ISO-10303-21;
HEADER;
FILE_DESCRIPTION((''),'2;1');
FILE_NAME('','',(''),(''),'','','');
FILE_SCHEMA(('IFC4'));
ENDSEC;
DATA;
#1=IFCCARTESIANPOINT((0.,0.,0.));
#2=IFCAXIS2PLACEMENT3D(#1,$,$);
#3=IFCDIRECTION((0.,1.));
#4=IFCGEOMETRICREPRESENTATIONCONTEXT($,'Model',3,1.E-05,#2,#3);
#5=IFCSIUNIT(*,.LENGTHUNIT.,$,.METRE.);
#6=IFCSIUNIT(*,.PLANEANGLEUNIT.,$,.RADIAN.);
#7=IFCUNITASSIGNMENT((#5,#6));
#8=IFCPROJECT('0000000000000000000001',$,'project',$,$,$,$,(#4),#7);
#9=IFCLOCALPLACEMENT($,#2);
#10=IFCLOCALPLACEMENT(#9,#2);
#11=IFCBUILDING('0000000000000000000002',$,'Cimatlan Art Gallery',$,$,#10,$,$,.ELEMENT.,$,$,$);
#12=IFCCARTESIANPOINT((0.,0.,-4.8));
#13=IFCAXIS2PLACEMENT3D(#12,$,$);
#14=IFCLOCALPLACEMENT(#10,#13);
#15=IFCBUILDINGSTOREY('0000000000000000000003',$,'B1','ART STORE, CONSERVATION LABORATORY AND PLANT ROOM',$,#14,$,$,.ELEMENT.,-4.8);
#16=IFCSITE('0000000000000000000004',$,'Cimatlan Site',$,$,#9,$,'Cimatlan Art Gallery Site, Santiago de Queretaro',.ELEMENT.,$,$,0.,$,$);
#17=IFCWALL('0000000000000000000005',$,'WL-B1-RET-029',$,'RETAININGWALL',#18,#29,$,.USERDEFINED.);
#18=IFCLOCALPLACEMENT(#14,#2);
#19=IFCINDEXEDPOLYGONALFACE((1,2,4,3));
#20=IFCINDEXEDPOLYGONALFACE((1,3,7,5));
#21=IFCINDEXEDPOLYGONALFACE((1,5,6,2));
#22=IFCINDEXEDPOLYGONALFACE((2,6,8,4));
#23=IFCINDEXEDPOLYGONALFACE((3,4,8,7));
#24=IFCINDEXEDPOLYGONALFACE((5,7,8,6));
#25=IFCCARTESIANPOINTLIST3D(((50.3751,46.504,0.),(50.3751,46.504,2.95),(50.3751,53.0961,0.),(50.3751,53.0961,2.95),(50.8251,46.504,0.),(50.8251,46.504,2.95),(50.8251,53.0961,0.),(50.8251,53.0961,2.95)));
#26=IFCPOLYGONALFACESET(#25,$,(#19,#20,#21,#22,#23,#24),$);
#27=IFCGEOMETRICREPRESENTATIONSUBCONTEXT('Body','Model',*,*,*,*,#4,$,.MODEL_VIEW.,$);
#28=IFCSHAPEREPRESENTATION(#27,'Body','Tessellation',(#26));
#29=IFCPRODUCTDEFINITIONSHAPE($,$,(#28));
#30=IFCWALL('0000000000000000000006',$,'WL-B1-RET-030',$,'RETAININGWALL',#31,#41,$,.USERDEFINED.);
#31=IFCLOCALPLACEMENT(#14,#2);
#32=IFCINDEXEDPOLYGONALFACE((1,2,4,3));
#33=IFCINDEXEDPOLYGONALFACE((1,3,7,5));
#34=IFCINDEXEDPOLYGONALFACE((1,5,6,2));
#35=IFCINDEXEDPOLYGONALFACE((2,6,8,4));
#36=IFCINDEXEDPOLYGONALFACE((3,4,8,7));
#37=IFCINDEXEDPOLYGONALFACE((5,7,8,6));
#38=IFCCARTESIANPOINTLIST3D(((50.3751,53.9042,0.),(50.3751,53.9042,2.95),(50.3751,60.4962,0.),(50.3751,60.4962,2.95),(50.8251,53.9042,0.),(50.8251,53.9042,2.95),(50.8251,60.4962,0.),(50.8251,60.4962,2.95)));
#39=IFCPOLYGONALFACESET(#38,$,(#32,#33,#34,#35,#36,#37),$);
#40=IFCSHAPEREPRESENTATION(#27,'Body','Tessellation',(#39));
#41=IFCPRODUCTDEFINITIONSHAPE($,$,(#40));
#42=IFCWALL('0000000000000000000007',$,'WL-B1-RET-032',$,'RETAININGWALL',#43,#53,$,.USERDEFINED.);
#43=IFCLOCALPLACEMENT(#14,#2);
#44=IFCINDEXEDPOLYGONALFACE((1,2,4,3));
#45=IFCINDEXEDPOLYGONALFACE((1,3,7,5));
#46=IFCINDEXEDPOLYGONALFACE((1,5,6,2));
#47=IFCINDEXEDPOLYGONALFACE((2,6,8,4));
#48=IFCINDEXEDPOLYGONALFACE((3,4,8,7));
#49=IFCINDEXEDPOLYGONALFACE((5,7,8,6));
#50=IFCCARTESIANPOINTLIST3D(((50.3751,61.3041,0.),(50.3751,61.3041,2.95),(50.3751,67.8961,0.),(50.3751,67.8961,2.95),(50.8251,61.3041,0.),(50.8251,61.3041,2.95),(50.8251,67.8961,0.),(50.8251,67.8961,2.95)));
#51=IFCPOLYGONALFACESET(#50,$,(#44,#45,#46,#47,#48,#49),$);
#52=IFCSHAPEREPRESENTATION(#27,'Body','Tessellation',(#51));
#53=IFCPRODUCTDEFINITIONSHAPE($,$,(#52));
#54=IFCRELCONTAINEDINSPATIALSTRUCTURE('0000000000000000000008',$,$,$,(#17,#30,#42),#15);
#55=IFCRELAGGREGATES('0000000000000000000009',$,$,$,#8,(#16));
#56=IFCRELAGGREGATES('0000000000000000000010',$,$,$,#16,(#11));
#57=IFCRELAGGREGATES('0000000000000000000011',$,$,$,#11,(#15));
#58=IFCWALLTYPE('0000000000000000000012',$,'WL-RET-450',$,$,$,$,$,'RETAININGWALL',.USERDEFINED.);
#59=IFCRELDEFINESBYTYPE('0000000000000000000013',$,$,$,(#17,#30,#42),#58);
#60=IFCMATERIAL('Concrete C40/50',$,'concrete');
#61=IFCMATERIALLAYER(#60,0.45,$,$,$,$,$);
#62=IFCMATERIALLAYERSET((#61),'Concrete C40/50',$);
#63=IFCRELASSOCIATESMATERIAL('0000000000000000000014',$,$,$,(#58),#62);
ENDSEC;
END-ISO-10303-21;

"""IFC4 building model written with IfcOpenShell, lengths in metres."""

from ifc_helpers import new_model, si_unit, direction, frame, frame_2d, origin, place, context, subcontext, project, spatial, rectangle, extrude, material, layer, layer_set, type_object, element, save


model = new_model("IFC4")

# Units and contexts
model_context = context("Model", 3, precision=1e-05, world=origin(), true_north=direction((0.0, 1.0)))
body_context = subcontext(model_context, "Body", "Model", "MODEL_VIEW")
ifc_project = project(units=[si_unit("LENGTHUNIT", "METRE"), si_unit("PLANEANGLEUNIT", "RADIAN")], contexts=[model_context])

# Site, building, storey
site_placement = place(None, origin())
site = spatial("IfcSite", under=ifc_project, at=site_placement, Name="Cimatlan Site", LongName="Cimatlan Art Gallery Site, Santiago de Queretaro", CompositionType="ELEMENT", RefElevation=0.0)
building_placement = place(site_placement, origin())
building = spatial("IfcBuilding", under=site, at=building_placement, Name="Cimatlan Art Gallery", CompositionType="ELEMENT")
storey_placement = place(building_placement, frame((0.0, 0.0, -4.8)))
storey = spatial("IfcBuildingStorey", under=building, at=storey_placement, Name="B1", Description="ART STORE, CONSERVATION LABORATORY AND PLANT ROOM", CompositionType="ELEMENT", Elevation=-4.8)

# Shared definitions
ifc_material_1 = material(Name="Concrete C40/50", Category="concrete")

# Walls
ifc_layer_1 = layer(ifc_material_1, 0.45)
ifc_layer_set_1 = layer_set([ifc_layer_1], Name="Concrete C40/50")
wall_type_1 = type_object("IfcWallType", Name="WL-RET-450", ElementType="RETAININGWALL", PredefinedType="USERDEFINED", material=ifc_layer_set_1)
for number, where, z_axis, x_axis, name in (
    (1, (50.6001, 53.0959, 0.0), (0.0, 0.0, 1.0), (0.0, -1.0, 0.0), "WL-B1-RET-029"),
    (2, (50.6001, 60.4961, 0.0), (0.0, 0.0, 1.0), (0.0, -1.0, 0.0), "WL-B1-RET-030"),
    (3, (50.6001, 67.896, 0.0), (0.0, 0.0, 1.0), (0.0, -1.0, 0.0), "WL-B1-RET-032"),
):
    element("IfcWall", number, at=place(storey_placement, frame(where, z_axis=z_axis, x_axis=x_axis)), inside=storey, type_object=wall_type_1, Name=name, ObjectType="RETAININGWALL", PredefinedType="USERDEFINED", context=body_context, shape_type="SweptSolid", body=[
        extrude(rectangle(XDim=6.592, YDim=0.45, at=frame_2d((3.2959, 0.0))), origin(), (0.0, 0.0, 1.0), 2.95),
    ])

save(model, "model.ifc")
